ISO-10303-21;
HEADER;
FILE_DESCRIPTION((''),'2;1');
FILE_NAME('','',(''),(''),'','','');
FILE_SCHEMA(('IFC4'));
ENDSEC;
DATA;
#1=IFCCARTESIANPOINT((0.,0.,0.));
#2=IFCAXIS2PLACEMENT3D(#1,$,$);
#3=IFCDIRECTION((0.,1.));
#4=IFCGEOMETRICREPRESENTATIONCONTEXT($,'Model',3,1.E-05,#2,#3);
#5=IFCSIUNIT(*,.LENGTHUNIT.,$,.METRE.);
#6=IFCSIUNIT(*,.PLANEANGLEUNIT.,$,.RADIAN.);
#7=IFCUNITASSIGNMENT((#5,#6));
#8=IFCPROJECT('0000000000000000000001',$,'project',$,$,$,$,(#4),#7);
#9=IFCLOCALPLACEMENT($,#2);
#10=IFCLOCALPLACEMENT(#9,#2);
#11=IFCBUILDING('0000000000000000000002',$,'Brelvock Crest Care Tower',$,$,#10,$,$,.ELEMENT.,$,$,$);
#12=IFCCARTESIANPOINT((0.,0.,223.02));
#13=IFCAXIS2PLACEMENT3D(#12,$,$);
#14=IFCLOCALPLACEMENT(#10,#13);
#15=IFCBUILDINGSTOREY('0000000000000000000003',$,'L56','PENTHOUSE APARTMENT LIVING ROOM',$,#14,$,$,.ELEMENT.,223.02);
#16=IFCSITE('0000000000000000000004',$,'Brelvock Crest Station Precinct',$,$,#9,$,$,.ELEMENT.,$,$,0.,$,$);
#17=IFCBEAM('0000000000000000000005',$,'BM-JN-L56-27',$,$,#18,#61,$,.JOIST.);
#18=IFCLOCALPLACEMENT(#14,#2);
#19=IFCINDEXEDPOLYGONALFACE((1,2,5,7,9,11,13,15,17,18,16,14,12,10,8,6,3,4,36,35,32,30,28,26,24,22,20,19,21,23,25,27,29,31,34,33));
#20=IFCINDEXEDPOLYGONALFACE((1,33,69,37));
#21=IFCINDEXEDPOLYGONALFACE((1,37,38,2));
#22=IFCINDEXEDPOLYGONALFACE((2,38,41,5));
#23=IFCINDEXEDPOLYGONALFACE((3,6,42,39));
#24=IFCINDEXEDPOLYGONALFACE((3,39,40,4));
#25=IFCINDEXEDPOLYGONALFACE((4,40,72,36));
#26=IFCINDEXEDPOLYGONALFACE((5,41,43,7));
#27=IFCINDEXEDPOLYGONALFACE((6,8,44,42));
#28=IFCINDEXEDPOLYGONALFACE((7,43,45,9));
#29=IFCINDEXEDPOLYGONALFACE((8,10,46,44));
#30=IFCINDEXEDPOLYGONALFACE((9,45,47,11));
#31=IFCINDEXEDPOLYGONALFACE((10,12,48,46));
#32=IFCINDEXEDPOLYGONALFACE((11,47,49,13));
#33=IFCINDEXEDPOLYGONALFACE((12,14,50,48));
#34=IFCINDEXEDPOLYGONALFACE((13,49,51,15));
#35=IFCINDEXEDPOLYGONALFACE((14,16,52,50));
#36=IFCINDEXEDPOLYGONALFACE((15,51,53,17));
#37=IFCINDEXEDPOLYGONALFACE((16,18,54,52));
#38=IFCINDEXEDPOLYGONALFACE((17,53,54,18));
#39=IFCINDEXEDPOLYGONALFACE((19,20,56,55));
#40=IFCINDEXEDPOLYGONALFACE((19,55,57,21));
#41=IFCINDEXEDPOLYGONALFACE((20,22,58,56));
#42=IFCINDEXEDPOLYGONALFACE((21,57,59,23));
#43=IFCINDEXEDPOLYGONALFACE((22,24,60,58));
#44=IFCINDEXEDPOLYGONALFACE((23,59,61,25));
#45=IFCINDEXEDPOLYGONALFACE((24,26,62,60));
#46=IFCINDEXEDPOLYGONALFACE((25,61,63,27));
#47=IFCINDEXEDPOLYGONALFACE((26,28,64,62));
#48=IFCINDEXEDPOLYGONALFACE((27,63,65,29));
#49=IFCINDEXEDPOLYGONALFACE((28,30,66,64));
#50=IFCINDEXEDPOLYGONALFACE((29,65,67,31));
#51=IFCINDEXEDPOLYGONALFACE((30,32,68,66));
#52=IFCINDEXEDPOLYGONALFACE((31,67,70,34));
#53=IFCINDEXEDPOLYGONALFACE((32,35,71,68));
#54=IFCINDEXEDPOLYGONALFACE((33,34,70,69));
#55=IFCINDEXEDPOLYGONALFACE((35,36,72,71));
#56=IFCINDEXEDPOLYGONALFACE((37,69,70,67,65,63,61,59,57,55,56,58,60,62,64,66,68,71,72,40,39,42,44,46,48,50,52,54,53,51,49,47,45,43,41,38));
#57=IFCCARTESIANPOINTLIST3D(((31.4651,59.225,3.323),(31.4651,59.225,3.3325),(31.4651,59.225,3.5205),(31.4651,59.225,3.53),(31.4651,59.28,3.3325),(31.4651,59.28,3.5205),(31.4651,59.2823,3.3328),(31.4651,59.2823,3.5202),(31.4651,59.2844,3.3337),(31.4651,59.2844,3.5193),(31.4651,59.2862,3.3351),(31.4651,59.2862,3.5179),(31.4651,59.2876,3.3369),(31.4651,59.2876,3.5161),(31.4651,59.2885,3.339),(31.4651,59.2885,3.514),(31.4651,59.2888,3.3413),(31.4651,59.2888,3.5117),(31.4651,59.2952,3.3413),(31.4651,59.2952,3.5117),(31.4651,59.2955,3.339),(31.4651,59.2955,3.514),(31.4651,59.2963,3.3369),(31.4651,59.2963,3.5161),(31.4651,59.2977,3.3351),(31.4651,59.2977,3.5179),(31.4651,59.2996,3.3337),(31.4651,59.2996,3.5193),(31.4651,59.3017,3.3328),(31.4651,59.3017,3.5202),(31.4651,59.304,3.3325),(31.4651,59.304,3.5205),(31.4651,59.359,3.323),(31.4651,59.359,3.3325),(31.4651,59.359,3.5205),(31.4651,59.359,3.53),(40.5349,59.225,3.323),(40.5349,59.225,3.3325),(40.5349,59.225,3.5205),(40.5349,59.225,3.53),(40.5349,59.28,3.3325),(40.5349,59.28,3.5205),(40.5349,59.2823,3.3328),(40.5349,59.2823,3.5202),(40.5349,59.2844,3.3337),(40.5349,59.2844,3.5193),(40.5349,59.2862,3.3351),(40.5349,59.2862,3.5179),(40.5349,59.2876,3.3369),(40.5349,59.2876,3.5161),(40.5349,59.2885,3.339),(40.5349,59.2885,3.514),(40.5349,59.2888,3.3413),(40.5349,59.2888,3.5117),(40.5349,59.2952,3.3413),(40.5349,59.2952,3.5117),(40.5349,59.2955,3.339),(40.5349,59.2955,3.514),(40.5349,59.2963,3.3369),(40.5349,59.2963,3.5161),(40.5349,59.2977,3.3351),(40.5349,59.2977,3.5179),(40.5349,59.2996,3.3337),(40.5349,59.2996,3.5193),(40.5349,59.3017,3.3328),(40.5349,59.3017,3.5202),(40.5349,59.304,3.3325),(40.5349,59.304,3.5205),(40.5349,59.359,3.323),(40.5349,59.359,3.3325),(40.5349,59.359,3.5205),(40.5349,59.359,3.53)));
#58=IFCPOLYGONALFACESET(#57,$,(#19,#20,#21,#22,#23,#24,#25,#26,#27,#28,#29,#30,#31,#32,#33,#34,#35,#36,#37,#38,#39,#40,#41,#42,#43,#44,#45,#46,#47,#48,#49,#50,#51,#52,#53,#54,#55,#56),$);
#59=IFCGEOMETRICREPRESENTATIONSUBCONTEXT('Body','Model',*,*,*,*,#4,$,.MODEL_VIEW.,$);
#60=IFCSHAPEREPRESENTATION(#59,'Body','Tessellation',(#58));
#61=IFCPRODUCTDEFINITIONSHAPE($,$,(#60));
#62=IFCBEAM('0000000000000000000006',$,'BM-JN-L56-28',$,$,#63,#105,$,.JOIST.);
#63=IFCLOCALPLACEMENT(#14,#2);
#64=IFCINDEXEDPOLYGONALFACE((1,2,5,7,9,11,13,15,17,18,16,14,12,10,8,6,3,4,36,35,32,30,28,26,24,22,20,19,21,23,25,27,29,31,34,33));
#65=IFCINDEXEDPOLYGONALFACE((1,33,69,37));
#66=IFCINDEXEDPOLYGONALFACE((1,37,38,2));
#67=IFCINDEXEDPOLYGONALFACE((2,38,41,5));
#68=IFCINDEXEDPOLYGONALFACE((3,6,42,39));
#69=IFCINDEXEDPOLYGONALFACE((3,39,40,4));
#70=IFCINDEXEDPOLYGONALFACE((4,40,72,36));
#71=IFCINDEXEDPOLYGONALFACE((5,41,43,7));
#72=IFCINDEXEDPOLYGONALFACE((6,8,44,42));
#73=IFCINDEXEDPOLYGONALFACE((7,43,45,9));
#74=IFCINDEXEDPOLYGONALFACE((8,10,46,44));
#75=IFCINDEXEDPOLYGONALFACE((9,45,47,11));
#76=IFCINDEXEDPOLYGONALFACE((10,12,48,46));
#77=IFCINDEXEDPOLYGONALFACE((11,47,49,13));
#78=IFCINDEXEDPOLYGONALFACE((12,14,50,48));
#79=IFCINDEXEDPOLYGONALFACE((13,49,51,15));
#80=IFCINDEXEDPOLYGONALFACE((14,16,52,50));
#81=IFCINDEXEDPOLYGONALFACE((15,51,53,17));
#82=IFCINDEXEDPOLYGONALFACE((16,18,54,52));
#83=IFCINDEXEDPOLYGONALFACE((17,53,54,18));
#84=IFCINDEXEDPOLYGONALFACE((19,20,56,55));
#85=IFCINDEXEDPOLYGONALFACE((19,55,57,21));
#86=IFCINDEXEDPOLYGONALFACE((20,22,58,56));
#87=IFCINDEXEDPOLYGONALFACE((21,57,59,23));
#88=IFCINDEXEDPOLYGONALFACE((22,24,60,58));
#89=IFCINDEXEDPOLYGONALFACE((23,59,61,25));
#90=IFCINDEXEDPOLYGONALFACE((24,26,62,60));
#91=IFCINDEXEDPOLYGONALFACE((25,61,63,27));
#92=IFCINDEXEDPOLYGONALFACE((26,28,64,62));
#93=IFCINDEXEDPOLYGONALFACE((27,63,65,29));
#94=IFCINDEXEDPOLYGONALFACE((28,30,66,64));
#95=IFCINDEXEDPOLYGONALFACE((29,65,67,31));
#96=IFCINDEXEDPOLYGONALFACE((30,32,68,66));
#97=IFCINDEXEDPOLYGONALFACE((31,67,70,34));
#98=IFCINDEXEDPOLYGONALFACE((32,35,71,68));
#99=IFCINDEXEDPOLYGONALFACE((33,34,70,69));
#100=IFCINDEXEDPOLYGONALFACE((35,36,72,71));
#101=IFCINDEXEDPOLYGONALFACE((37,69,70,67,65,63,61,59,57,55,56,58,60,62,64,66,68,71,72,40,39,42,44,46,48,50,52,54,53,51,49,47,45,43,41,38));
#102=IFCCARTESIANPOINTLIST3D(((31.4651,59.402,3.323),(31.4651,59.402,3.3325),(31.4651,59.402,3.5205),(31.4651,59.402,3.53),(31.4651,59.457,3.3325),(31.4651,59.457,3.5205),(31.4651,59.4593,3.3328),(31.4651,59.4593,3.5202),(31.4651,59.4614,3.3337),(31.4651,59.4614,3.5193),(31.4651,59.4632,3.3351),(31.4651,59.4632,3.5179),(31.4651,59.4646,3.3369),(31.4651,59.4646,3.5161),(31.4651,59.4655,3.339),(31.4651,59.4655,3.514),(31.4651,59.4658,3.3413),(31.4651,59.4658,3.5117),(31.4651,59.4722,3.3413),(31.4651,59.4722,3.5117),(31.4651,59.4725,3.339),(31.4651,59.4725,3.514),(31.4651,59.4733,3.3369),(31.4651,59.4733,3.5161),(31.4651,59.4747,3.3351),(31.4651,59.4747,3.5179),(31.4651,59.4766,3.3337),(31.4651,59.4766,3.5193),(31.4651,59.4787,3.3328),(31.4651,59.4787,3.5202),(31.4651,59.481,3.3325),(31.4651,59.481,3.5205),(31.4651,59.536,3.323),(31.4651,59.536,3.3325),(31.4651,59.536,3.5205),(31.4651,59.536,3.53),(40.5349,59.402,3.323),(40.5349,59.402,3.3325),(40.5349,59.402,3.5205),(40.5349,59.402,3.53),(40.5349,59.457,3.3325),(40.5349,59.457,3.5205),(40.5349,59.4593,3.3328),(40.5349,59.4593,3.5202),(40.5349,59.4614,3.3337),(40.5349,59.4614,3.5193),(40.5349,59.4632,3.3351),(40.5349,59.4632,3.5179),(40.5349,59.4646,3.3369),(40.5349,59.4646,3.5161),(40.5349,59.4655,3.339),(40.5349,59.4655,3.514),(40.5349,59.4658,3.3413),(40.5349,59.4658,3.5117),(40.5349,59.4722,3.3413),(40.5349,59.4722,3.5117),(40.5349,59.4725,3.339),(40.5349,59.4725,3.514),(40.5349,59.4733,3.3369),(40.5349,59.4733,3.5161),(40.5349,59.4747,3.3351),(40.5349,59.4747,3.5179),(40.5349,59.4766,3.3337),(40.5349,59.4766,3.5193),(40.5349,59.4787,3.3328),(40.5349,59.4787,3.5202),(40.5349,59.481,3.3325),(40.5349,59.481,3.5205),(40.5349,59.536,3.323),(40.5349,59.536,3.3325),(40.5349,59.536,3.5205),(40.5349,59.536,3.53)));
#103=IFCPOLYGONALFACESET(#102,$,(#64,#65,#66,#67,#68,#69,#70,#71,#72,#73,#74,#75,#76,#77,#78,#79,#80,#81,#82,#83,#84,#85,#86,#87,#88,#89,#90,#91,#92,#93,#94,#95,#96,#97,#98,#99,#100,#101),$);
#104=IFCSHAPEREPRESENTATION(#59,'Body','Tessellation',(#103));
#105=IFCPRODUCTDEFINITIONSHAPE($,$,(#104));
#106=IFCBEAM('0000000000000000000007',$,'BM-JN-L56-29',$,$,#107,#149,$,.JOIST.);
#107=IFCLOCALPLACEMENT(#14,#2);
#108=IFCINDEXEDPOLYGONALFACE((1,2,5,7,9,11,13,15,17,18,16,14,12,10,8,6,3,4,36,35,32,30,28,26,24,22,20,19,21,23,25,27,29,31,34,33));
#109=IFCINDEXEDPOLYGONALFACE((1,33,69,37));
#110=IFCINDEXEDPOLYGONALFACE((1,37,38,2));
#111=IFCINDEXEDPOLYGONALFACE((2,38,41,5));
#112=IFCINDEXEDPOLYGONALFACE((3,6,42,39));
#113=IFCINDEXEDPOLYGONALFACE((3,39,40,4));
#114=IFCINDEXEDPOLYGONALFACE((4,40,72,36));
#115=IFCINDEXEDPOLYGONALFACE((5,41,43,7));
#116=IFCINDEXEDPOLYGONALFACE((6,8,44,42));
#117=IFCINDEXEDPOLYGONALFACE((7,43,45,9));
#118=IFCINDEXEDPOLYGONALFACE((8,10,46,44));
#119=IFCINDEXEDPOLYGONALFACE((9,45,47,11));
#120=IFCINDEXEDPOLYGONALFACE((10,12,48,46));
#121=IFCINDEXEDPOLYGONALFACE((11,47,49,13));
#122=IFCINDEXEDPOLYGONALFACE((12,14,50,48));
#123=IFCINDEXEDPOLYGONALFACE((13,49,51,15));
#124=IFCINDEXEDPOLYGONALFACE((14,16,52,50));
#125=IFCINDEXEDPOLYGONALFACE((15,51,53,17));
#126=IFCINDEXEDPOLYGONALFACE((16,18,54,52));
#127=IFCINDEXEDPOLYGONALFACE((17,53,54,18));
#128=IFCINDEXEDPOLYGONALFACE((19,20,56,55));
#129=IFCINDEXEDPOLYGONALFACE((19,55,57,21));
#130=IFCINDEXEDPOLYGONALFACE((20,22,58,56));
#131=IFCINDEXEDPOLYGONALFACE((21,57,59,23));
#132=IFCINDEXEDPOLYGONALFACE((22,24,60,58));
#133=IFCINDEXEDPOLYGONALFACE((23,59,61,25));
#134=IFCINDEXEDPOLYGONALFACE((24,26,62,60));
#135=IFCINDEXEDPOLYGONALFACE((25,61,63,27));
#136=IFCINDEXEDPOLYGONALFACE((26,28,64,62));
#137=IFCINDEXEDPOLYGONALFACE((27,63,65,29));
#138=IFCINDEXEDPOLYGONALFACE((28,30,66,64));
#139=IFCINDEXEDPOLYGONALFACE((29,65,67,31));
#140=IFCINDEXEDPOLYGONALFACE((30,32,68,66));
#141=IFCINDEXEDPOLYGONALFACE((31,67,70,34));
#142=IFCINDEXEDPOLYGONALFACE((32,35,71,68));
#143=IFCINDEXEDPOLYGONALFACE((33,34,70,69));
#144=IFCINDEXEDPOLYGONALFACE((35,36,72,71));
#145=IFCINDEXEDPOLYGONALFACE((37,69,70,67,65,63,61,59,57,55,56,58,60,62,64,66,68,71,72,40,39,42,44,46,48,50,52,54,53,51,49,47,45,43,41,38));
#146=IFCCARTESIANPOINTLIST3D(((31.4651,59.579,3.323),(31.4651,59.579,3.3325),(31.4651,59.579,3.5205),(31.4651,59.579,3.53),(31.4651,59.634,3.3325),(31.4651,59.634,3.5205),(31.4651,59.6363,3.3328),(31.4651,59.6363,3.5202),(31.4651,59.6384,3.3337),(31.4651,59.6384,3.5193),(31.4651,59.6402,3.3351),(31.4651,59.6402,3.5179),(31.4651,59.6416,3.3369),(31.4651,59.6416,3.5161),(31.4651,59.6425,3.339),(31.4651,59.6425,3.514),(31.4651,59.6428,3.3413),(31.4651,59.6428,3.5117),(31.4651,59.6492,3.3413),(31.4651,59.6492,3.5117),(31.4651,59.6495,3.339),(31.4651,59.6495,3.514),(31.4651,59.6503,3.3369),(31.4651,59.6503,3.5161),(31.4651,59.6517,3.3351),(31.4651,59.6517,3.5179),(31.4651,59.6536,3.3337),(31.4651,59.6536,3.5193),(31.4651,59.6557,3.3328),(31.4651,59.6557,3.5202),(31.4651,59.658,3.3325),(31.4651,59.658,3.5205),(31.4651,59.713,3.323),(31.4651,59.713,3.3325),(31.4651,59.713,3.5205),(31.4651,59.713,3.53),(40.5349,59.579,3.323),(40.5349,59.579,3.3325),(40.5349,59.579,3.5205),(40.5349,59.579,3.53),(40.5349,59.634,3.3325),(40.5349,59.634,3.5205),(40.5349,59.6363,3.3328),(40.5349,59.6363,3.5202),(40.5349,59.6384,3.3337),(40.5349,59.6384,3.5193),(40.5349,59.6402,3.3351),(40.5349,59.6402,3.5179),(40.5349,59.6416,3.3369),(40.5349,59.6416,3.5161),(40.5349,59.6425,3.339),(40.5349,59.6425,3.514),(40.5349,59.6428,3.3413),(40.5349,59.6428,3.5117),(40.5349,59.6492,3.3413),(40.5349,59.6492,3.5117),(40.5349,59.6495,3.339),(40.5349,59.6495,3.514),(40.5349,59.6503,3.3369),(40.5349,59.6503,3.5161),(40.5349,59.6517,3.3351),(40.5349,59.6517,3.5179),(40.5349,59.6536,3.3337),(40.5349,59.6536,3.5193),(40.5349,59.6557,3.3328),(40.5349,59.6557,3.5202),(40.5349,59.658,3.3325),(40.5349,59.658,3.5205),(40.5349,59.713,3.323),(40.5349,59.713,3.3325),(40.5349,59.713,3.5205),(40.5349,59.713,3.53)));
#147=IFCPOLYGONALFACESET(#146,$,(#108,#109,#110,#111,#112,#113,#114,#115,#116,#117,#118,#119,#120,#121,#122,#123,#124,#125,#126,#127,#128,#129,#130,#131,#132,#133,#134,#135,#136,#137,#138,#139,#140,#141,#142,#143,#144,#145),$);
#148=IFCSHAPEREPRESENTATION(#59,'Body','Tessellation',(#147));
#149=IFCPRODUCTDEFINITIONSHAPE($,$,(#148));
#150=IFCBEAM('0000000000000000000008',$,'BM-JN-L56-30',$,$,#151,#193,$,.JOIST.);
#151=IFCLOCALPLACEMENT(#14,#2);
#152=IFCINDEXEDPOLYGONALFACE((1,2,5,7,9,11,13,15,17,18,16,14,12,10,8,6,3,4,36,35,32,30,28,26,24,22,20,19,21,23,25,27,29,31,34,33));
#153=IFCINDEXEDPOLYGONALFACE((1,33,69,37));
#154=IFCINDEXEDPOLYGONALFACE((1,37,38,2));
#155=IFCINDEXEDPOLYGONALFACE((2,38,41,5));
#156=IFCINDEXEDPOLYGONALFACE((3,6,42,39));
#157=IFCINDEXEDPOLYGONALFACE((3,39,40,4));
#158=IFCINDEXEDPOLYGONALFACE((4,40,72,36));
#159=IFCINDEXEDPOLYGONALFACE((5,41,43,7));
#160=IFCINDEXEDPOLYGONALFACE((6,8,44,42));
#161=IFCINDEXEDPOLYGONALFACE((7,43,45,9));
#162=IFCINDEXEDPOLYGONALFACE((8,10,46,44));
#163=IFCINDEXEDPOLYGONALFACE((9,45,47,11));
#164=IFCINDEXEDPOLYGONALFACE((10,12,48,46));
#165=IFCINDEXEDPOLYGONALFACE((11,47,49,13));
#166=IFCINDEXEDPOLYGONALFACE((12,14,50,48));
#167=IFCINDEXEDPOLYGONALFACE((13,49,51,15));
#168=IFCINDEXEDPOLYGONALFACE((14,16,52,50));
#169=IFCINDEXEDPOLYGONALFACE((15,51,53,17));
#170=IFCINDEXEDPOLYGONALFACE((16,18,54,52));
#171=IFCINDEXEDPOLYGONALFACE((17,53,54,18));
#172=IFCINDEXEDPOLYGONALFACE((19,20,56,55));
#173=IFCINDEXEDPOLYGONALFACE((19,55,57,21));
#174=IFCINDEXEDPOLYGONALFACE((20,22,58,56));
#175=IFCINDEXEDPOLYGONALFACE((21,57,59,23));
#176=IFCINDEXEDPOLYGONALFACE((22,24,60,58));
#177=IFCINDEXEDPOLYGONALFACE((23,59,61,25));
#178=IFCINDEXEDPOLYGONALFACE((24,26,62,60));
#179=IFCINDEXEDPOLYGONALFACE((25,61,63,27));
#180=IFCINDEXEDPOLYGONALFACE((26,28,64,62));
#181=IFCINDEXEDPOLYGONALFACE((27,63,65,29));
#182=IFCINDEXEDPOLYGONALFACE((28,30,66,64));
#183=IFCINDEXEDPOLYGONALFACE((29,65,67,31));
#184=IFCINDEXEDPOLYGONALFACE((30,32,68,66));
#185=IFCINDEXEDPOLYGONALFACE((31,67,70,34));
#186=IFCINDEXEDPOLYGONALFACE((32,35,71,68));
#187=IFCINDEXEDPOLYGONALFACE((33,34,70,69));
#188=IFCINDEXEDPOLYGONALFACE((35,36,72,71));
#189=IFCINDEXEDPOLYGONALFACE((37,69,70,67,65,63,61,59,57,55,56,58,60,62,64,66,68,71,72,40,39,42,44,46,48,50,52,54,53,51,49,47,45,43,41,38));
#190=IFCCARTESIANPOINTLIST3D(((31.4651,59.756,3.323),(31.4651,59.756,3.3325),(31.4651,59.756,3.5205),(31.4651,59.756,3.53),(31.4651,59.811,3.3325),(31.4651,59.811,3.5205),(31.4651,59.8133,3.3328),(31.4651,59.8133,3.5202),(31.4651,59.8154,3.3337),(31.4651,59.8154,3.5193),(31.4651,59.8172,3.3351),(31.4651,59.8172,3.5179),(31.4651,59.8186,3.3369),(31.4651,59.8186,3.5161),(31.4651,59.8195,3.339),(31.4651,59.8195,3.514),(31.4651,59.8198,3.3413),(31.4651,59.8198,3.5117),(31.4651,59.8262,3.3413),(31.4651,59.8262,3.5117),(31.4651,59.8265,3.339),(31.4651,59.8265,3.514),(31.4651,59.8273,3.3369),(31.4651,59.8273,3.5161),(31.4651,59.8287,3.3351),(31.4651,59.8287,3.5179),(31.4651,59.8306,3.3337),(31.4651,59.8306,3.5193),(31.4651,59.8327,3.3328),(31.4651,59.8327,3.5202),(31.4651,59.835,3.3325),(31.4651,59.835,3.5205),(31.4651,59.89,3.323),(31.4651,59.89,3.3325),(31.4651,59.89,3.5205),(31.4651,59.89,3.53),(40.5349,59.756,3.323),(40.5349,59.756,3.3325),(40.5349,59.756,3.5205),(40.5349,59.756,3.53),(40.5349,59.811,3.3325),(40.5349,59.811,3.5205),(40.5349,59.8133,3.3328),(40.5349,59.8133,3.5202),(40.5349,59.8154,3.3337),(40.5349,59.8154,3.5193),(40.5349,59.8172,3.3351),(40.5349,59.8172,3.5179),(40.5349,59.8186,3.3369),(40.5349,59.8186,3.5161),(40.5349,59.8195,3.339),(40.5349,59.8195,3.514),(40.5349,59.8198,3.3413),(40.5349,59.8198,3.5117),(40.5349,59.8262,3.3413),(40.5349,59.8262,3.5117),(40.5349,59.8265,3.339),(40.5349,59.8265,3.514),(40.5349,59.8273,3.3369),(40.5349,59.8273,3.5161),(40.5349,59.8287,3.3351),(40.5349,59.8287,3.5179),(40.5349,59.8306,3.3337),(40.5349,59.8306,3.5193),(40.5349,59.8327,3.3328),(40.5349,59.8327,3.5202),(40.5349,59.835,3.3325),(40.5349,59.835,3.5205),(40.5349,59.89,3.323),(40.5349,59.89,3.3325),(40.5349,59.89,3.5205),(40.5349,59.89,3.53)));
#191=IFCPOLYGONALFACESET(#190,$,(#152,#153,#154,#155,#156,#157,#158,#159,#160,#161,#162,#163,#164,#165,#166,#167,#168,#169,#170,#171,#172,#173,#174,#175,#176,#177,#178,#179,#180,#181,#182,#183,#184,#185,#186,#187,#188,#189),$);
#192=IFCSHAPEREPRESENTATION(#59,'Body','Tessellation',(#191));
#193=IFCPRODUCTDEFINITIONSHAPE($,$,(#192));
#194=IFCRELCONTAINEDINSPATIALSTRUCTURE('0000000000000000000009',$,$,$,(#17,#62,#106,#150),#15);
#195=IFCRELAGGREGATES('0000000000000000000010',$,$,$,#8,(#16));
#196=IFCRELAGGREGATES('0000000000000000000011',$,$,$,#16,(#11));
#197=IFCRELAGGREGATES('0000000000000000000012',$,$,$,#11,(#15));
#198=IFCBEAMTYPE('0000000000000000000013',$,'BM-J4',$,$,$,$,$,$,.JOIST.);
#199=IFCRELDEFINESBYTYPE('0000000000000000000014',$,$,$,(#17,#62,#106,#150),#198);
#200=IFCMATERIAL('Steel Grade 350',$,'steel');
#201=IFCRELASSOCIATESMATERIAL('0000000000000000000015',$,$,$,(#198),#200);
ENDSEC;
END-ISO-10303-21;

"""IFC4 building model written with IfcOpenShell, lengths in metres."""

from ifc_helpers import new_model, si_unit, direction, frame, origin, origin_2d, place, context, subcontext, project, spatial, i_section, extrude, source, transform, mapped, material, material_profile, profile_set, type_object, element, save


model = new_model("IFC4")

# Units and contexts
model_context = context("Model", 3, precision=1e-05, world=origin(), true_north=direction((0.0, 1.0)))
body_context = subcontext(model_context, "Body", "Model", "MODEL_VIEW")
ifc_project = project(units=[si_unit("LENGTHUNIT", "METRE"), si_unit("PLANEANGLEUNIT", "RADIAN")], contexts=[model_context])

# Site, building, storey
site_placement = place(None, origin())
site = spatial("IfcSite", under=ifc_project, at=site_placement, Name="Brelvock Crest Station Precinct", CompositionType="ELEMENT", RefElevation=0.0)
building_placement = place(site_placement, origin())
building = spatial("IfcBuilding", under=site, at=building_placement, Name="Brelvock Crest Care Tower", CompositionType="ELEMENT")
storey_placement = place(building_placement, frame((0.0, 0.0, 223.02)))
storey = spatial("IfcBuildingStorey", under=building, at=storey_placement, Name="L56", Description="PENTHOUSE APARTMENT LIVING ROOM", CompositionType="ELEMENT", Elevation=223.02)

# Shared definitions
ifc_material_1 = material(Name="Steel Grade 350", Category="steel")

# Beams
ifc_material_profile_1 = material_profile(ifc_material_1, i_section(OverallWidth=0.134, OverallDepth=0.207, WebThickness=0.0063, FlangeThickness=0.0095, FilletRadius=0.0088, at=origin_2d()), Name="200UB29.8")
ifc_profile_set_1 = profile_set([ifc_material_profile_1], Name="Steel Grade 350")
beam_type_1 = type_object("IfcBeamType", Name="BM-J4", PredefinedType="JOIST", material=ifc_profile_set_1)
shared_shape_1 = source(origin(), body_context, "Body", "SweptSolid", [
    extrude(i_section(OverallWidth=0.134, OverallDepth=0.207, WebThickness=0.0063, FlangeThickness=0.0095, FilletRadius=0.0088, at=origin_2d()), origin(), (0.0, 0.0, 1.0), 9.0698),
])
for number, where, z_axis, x_axis, name in (
    (1, (31.4651, 59.292, 3.4265), (1.0, 0.0, 0.0), (0.0, 1.0, 0.0), "BM-JN-L56-27"),
    (2, (31.4651, 59.469, 3.4265), (1.0, 0.0, 0.0), (0.0, 1.0, 0.0), "BM-JN-L56-28"),
    (3, (31.4651, 59.646, 3.4265), (1.0, 0.0, 0.0), (0.0, 1.0, 0.0), "BM-JN-L56-29"),
    (4, (31.4651, 59.823, 3.4265), (1.0, 0.0, 0.0), (0.0, 1.0, 0.0), "BM-JN-L56-30"),
):
    element("IfcBeam", number, at=place(storey_placement, frame(where, z_axis=z_axis, x_axis=x_axis)), inside=storey, type_object=beam_type_1, Name=name, PredefinedType="JOIST", context=body_context, shape_type="MappedRepresentation", body=[
        mapped(shared_shape_1, transform((0.0, 0.0, 0.0), x_axis=(1.0, 0.0, 0.0), y_axis=(0.0, 1.0, 0.0), z_axis=(0.0, 0.0, 1.0), scale=1.0)),
    ])

save(model, "model.ifc")
